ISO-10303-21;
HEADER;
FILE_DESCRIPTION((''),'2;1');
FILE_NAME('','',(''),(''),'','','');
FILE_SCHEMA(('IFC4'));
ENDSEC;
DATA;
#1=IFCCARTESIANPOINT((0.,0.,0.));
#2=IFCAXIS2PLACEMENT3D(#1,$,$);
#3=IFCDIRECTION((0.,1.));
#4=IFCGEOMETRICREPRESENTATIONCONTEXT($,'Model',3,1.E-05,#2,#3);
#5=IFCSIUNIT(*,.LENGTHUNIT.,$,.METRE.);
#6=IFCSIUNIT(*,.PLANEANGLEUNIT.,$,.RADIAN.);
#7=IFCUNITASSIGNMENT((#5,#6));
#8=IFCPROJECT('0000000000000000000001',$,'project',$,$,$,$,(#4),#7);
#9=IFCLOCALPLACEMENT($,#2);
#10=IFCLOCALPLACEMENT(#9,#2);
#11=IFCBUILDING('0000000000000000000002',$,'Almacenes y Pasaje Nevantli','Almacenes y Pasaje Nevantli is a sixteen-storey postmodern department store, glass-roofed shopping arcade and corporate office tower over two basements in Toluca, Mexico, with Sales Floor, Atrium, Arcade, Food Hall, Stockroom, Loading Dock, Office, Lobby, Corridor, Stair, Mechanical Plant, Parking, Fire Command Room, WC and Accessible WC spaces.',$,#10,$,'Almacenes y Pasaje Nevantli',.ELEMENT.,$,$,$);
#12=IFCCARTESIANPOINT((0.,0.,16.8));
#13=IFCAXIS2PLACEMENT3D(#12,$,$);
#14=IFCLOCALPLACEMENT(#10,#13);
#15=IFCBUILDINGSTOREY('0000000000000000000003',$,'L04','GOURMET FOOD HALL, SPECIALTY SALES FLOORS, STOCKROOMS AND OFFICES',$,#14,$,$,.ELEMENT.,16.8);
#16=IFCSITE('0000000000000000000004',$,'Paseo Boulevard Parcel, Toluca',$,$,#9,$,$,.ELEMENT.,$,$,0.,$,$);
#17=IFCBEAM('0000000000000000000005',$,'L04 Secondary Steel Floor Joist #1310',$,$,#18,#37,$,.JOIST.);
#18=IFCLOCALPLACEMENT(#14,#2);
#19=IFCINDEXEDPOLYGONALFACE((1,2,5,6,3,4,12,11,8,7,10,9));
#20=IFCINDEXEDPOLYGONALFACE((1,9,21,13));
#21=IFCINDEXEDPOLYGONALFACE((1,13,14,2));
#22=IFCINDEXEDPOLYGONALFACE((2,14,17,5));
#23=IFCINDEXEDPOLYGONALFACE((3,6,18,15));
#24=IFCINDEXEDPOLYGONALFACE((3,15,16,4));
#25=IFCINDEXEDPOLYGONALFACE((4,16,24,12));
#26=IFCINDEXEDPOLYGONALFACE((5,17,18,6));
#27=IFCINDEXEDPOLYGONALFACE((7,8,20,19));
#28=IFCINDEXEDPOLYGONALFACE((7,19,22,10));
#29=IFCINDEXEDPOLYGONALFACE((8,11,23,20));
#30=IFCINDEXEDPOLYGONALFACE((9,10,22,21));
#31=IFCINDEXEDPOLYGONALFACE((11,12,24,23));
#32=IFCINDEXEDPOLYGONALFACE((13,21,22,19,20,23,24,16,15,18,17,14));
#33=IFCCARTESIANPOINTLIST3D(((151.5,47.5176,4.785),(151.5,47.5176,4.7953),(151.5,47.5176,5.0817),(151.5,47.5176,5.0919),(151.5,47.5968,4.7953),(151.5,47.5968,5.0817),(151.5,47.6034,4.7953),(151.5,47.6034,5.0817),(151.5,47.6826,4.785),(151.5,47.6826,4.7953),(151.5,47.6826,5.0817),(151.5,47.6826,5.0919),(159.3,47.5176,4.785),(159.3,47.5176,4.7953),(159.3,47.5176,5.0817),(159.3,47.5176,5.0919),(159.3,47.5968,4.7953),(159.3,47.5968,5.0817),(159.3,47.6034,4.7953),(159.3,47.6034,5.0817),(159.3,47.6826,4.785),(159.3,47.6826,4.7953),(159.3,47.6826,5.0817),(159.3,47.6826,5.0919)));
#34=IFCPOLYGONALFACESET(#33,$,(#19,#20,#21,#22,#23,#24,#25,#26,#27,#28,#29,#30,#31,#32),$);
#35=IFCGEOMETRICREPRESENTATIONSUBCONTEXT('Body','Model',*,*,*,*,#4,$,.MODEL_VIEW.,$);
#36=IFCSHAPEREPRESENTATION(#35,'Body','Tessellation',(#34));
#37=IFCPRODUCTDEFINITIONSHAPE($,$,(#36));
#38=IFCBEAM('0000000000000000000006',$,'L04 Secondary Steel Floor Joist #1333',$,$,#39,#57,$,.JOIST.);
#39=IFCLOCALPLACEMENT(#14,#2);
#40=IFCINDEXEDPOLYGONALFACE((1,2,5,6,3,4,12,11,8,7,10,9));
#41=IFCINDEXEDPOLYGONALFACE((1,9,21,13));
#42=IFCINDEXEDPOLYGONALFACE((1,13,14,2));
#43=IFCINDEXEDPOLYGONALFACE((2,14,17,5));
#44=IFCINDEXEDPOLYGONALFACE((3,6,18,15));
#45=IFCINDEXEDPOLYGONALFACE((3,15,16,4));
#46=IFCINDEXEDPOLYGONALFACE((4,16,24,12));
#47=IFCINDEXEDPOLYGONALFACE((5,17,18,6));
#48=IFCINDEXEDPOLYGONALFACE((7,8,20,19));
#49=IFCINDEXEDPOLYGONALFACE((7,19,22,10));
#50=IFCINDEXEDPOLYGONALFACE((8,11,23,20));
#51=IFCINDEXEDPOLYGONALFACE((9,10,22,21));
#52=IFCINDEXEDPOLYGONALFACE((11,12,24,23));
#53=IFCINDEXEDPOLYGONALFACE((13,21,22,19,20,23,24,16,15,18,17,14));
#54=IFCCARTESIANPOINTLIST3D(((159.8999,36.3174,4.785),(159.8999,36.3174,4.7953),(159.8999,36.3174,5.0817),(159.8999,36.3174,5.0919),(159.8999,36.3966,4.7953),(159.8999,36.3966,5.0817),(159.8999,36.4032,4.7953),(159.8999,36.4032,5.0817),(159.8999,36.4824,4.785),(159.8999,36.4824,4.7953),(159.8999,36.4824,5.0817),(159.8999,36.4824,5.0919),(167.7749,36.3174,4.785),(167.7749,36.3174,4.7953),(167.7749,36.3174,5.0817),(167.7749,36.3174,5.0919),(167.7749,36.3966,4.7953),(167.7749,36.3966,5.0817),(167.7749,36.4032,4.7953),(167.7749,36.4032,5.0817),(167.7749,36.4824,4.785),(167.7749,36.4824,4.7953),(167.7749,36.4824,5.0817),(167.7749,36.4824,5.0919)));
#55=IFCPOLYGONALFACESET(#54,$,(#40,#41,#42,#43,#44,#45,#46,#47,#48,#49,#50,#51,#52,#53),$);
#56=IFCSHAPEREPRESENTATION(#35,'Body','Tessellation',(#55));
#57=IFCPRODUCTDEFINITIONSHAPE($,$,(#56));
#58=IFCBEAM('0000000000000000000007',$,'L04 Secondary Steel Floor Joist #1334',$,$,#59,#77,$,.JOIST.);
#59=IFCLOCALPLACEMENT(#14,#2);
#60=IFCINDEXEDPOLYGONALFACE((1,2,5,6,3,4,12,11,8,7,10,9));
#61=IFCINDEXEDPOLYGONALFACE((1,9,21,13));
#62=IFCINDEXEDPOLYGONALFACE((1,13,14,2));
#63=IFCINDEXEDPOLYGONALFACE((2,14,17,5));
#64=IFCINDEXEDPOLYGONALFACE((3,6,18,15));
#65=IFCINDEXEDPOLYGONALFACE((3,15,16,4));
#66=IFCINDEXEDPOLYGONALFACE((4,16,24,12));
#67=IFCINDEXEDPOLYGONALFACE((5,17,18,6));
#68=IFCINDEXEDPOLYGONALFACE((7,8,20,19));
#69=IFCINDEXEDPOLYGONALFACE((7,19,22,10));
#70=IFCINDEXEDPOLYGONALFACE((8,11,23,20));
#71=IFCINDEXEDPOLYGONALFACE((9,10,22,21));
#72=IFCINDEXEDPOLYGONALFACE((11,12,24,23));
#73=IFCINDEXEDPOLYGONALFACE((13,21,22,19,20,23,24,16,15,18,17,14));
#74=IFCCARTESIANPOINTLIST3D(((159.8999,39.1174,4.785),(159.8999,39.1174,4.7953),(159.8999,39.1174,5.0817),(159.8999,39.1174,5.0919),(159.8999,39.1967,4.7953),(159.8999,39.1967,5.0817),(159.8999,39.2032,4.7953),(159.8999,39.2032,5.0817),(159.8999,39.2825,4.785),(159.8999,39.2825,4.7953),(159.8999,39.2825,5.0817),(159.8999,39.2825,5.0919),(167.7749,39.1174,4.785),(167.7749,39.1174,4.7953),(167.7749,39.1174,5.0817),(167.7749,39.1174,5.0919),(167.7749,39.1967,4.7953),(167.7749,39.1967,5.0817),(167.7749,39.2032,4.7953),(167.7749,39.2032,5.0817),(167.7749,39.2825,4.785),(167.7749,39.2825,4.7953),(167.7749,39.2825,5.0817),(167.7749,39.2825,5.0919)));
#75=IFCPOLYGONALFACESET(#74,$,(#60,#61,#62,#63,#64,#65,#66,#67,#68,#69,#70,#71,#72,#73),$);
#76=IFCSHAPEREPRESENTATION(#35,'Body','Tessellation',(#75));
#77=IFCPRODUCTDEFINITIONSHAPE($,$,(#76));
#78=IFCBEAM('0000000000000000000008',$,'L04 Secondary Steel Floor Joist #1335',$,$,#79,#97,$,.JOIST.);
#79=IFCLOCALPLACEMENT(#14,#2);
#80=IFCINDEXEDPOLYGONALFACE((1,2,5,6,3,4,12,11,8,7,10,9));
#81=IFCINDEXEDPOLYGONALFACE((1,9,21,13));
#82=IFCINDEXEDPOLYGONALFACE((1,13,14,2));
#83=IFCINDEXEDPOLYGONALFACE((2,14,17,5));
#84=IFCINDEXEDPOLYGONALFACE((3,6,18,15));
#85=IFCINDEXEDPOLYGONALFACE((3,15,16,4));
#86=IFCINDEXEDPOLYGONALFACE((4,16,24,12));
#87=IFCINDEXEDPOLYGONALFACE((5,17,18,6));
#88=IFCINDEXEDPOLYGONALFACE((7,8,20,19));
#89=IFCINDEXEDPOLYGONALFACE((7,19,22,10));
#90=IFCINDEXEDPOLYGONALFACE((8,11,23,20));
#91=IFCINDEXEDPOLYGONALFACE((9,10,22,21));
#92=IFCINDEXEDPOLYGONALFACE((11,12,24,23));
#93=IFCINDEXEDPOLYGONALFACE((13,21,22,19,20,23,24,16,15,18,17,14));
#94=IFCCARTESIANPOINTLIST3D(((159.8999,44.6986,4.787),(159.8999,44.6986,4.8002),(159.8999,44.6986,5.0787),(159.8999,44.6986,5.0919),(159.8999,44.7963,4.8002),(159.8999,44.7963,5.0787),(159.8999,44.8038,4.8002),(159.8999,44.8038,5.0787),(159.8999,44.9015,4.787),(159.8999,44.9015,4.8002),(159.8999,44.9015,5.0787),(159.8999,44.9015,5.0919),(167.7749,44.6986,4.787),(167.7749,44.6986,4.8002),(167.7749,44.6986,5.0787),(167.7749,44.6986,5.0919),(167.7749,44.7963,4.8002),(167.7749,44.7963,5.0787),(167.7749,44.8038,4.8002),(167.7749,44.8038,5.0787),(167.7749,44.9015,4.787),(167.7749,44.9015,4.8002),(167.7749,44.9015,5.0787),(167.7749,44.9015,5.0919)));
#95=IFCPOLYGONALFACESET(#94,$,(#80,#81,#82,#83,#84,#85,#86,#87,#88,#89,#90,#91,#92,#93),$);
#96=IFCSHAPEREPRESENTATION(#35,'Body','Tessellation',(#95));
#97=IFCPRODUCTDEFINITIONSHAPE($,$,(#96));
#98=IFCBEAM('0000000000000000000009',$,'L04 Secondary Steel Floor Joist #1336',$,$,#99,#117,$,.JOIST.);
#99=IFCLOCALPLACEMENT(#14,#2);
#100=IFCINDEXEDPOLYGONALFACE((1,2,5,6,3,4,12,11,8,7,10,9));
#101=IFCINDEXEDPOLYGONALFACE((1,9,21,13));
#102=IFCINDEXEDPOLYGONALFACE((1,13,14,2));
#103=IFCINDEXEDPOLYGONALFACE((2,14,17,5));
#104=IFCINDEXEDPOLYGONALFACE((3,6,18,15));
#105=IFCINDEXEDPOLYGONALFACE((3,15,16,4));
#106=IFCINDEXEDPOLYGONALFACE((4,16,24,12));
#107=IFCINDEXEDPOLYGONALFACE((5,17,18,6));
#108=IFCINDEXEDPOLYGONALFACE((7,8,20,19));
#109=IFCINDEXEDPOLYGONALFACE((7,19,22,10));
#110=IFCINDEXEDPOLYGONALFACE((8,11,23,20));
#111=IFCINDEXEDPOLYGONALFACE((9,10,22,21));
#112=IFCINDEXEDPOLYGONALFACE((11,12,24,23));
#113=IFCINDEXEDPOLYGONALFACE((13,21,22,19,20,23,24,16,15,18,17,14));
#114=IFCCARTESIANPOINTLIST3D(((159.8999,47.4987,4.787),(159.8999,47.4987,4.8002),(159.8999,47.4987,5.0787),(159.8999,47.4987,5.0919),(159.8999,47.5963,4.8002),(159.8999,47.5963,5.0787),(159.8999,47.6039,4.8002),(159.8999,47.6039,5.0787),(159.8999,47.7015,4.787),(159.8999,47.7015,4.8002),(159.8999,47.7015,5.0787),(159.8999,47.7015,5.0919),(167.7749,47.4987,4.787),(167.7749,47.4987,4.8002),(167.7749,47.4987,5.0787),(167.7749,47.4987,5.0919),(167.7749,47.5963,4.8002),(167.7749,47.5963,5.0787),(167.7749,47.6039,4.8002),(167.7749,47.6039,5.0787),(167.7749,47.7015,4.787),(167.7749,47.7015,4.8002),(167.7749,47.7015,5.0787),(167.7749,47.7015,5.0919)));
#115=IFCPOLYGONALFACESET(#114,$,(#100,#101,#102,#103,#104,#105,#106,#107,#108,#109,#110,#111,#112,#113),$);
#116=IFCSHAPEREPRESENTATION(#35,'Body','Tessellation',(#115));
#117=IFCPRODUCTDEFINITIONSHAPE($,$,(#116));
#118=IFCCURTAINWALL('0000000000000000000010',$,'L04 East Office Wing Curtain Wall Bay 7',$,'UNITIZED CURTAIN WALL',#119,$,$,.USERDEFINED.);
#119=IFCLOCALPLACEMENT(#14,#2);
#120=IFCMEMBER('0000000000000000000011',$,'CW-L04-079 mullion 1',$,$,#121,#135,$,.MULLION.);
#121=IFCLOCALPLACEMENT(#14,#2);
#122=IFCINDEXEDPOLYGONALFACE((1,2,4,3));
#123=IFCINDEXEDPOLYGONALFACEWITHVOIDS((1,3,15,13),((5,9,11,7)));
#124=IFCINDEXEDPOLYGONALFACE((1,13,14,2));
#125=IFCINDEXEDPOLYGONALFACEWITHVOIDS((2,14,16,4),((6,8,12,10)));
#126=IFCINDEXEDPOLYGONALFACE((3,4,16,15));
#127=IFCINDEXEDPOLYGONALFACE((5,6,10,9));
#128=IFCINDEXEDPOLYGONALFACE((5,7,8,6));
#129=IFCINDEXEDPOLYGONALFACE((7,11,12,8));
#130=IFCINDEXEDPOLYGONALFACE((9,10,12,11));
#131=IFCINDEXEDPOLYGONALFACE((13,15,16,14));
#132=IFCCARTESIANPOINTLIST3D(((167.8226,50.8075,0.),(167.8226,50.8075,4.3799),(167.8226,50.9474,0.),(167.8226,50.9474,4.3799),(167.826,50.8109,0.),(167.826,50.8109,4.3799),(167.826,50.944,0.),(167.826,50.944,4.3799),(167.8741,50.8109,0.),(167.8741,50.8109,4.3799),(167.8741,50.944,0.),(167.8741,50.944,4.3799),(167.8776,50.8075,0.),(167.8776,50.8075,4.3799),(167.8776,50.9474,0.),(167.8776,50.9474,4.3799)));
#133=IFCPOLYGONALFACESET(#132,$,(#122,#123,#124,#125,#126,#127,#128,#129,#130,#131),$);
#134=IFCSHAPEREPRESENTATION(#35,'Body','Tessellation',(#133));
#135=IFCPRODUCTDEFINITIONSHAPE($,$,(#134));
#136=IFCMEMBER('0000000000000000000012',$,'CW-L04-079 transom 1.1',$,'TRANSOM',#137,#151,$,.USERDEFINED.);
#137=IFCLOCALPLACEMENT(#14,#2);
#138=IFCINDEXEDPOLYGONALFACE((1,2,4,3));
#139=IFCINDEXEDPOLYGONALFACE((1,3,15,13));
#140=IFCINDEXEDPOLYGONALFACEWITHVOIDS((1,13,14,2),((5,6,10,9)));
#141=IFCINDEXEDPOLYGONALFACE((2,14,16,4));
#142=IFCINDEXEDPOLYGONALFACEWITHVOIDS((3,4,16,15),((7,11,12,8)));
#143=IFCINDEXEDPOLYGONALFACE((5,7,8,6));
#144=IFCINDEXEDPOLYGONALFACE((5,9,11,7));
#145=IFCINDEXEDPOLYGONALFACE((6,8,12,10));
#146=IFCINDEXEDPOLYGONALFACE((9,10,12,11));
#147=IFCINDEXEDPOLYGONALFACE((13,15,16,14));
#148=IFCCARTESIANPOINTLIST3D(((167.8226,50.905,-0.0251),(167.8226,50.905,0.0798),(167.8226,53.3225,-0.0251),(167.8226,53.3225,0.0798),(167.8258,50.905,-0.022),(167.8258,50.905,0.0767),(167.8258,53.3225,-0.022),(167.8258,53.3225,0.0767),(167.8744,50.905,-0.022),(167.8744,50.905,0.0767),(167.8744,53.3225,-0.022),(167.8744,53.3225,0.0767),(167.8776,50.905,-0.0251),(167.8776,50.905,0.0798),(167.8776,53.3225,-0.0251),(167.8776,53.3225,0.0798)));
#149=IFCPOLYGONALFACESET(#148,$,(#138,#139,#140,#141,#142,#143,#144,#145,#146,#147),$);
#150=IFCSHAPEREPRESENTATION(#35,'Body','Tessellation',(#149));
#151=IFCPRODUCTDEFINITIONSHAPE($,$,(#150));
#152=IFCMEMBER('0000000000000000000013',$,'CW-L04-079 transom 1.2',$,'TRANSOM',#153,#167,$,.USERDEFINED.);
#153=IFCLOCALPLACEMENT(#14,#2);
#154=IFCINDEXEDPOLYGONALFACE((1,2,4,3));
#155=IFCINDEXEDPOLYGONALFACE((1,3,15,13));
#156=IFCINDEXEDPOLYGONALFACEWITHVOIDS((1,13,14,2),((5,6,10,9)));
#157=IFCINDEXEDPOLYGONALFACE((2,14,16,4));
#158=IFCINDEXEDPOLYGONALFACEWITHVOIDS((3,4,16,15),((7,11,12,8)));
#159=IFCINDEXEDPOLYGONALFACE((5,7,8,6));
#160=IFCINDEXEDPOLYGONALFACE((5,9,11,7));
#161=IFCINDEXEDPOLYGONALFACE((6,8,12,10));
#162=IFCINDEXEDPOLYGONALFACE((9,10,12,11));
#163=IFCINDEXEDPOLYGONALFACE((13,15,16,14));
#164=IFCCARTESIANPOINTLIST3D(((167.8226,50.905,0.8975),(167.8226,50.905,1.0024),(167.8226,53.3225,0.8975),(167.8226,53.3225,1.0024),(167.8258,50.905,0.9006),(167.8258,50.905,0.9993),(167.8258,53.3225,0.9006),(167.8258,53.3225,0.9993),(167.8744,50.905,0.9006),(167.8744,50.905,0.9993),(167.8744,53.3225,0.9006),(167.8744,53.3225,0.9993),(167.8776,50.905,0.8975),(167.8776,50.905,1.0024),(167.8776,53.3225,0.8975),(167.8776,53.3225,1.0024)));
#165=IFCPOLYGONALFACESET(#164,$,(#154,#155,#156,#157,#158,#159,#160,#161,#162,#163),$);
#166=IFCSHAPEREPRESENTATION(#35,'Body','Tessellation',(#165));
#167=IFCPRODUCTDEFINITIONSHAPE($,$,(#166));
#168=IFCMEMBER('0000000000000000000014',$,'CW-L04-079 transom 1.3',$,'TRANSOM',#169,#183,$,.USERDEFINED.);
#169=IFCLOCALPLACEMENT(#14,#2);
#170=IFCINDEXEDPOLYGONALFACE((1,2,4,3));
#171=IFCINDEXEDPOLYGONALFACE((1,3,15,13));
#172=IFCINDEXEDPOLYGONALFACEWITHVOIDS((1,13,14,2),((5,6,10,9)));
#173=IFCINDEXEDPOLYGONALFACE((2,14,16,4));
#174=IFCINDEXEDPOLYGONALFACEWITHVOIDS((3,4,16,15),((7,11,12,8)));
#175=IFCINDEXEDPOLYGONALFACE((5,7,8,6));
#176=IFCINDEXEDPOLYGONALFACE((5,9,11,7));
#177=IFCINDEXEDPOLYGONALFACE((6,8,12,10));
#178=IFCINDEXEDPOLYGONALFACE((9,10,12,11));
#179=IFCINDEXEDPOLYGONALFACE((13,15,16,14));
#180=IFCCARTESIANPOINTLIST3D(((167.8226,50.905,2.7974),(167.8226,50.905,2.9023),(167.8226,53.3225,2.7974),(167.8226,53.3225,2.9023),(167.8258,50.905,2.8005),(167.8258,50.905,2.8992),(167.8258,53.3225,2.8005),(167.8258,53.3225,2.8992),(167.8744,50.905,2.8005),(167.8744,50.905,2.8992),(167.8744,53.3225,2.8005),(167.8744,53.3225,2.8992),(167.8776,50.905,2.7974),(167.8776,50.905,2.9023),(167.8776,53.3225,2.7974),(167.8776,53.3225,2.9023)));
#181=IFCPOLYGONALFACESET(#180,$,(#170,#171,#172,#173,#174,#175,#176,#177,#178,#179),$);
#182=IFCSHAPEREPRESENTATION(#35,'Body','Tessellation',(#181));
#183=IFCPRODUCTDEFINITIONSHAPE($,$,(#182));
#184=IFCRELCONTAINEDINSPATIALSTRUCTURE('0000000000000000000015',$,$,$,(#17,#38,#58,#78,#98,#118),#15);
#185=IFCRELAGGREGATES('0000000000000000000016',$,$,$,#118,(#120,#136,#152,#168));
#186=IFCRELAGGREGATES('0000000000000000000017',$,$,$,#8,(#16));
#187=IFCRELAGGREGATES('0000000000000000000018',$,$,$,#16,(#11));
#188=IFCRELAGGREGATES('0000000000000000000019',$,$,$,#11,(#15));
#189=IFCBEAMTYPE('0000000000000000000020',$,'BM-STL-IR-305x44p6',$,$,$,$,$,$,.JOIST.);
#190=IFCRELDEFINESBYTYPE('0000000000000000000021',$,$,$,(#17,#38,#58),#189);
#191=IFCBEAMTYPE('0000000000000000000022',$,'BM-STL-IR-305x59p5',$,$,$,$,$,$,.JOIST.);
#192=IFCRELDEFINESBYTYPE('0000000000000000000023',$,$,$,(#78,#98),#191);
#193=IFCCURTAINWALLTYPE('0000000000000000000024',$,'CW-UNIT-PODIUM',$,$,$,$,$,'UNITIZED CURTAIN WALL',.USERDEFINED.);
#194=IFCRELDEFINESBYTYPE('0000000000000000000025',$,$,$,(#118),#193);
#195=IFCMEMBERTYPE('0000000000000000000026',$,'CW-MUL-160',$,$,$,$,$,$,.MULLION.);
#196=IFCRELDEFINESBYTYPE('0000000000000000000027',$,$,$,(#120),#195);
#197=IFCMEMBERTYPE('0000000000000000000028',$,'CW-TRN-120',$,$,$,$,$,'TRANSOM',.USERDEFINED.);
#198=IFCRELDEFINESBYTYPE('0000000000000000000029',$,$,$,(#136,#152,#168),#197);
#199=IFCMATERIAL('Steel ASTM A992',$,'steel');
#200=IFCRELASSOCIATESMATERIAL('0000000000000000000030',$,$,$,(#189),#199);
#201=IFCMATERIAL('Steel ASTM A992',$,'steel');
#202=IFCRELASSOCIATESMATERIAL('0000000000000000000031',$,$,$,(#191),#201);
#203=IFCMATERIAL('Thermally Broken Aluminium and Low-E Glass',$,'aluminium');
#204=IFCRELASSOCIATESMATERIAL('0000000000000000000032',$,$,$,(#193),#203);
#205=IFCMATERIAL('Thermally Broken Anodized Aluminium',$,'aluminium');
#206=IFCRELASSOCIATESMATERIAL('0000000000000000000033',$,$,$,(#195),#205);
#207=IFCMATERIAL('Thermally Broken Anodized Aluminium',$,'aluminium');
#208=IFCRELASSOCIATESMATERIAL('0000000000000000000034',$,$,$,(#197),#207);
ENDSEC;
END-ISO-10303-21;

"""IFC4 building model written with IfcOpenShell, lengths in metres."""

from ifc_helpers import new_model, si_unit, direction, frame, origin, origin_2d, place, context, subcontext, project, spatial, hollow_rectangle, i_section, extrude, material, material_profile, profile_set, type_object, element, aggregate, save


model = new_model("IFC4")

# Units and contexts
model_context = context("Model", 3, precision=1e-05, world=origin(), true_north=direction((0.0, 1.0)))
body_context = subcontext(model_context, "Body", "Model", "MODEL_VIEW")
ifc_project = project(units=[si_unit("LENGTHUNIT", "METRE"), si_unit("PLANEANGLEUNIT", "RADIAN")], contexts=[model_context])

# Site, building, storey
site_placement = place(None, origin())
site = spatial("IfcSite", under=ifc_project, at=site_placement, Name="Paseo Boulevard Parcel, Toluca", CompositionType="ELEMENT", RefElevation=0.0)
building_placement = place(site_placement, origin())
building = spatial("IfcBuilding", under=site, at=building_placement, Name="Almacenes y Pasaje Nevantli", Description="Almacenes y Pasaje Nevantli is a sixteen-storey postmodern department store, glass-roofed shopping arcade and corporate office tower over two basements in Toluca, Mexico, with Sales Floor, Atrium, Arcade, Food Hall, Stockroom, Loading Dock, Office, Lobby, Corridor, Stair, Mechanical Plant, Parking, Fire Command Room, WC and Accessible WC spaces.", LongName="Almacenes y Pasaje Nevantli", CompositionType="ELEMENT")
storey_placement = place(building_placement, frame((0.0, 0.0, 16.8)))
storey = spatial("IfcBuildingStorey", under=building, at=storey_placement, Name="L04", Description="GOURMET FOOD HALL, SPECIALTY SALES FLOORS, STOCKROOMS AND OFFICES", CompositionType="ELEMENT", Elevation=16.8)

# Beams
ifc_material_1 = material(Name="Steel ASTM A992", Category="steel")
ifc_material_profile_1 = material_profile(ifc_material_1, i_section(OverallWidth=0.165, OverallDepth=0.3069, WebThickness=0.0066, FlangeThickness=0.0103, at=origin_2d()), Name="IR 305x44.6")
ifc_profile_set_1 = profile_set([ifc_material_profile_1], Name="Steel ASTM A992")
beam_type_1 = type_object("IfcBeamType", Name="BM-STL-IR-305x44p6", PredefinedType="JOIST", material=ifc_profile_set_1)
beam_1_placement = place(storey_placement, frame((151.5, 47.6001, 4.9385), z_axis=(1.0, 0.0, 0.0), x_axis=(0.0, 1.0, 0.0)))
element("IfcBeam", 1, at=beam_1_placement, inside=storey, type_object=beam_type_1, Name="L04 Secondary Steel Floor Joist #1310", PredefinedType="JOIST", context=body_context, shape_type="SweptSolid", body=[
    extrude(i_section(OverallWidth=0.165, OverallDepth=0.3069, WebThickness=0.0066, FlangeThickness=0.0103, at=origin_2d()), origin(), (0.0, 0.0, 1.0), 7.8),
])
for number, where, z_axis, x_axis, name in (
    (2, (159.8999, 36.3999, 4.9385), (1.0, 0.0, 0.0), (0.0, 1.0, 0.0), "L04 Secondary Steel Floor Joist #1333"),
    (3, (159.8999, 39.2, 4.9385), (1.0, 0.0, 0.0), (0.0, 1.0, 0.0), "L04 Secondary Steel Floor Joist #1334"),
):
    element("IfcBeam", number, at=place(storey_placement, frame(where, z_axis=z_axis, x_axis=x_axis)), inside=storey, type_object=beam_type_1, Name=name, PredefinedType="JOIST", context=body_context, shape_type="SweptSolid", body=[
        extrude(i_section(OverallWidth=0.165, OverallDepth=0.3069, WebThickness=0.0066, FlangeThickness=0.0103, at=origin_2d()), origin(), (0.0, 0.0, 1.0), 7.875),
    ])
ifc_material_2 = material(Name="Steel ASTM A992", Category="steel")
ifc_material_profile_2 = material_profile(ifc_material_2, i_section(OverallWidth=0.2029, OverallDepth=0.3049, WebThickness=0.0076, FlangeThickness=0.0132, at=origin_2d()), Name="IR 305x59.5")
ifc_profile_set_2 = profile_set([ifc_material_profile_2], Name="Steel ASTM A992")
beam_type_2 = type_object("IfcBeamType", Name="BM-STL-IR-305x59p5", PredefinedType="JOIST", material=ifc_profile_set_2)
for number, where, z_axis, x_axis, name in (
    (4, (159.8999, 44.8, 4.9395), (1.0, 0.0, 0.0), (0.0, 1.0, 0.0), "L04 Secondary Steel Floor Joist #1335"),
    (5, (159.8999, 47.6001, 4.9395), (1.0, 0.0, 0.0), (0.0, 1.0, 0.0), "L04 Secondary Steel Floor Joist #1336"),
):
    element("IfcBeam", number, at=place(storey_placement, frame(where, z_axis=z_axis, x_axis=x_axis)), inside=storey, type_object=beam_type_2, Name=name, PredefinedType="JOIST", context=body_context, shape_type="SweptSolid", body=[
        extrude(i_section(OverallWidth=0.2029, OverallDepth=0.3049, WebThickness=0.0076, FlangeThickness=0.0132, at=origin_2d()), origin(), (0.0, 0.0, 1.0), 7.875),
    ])

# Curtain wall, members
ifc_material_3 = material(Name="Thermally Broken Aluminium and Low-E Glass", Category="aluminium")
curtain_wall_type = type_object("IfcCurtainWallType", Name="CW-UNIT-PODIUM", ElementType="UNITIZED CURTAIN WALL", PredefinedType="USERDEFINED", material=ifc_material_3)
curtain_wall_placement = place(storey_placement, origin())
curtain_wall = element("IfcCurtainWall", 6, at=curtain_wall_placement, inside=storey, type_object=curtain_wall_type, Name="L04 East Office Wing Curtain Wall Bay 7", ObjectType="UNITIZED CURTAIN WALL", PredefinedType="USERDEFINED")
ifc_material_4 = material(Name="Thermally Broken Anodized Aluminium", Category="aluminium")
ifc_material_profile_3 = material_profile(ifc_material_4, hollow_rectangle(XDim=0.0549, YDim=0.1399, WallThickness=0.0034, at=origin_2d()), Name="ALU-MUL-55x140")
ifc_profile_set_3 = profile_set([ifc_material_profile_3], Name="Thermally Broken Anodized Aluminium")
member_type_1 = type_object("IfcMemberType", Name="CW-MUL-160", PredefinedType="MULLION", material=ifc_profile_set_3)
member_1_placement = place(storey_placement, frame((167.8501, 50.8774, 0.0), z_axis=(0.0, 0.0, 1.0), x_axis=(-1.0, 0.0, 0.0)))
member_1 = element("IfcMember", 7, at=member_1_placement, type_object=member_type_1, Name="CW-L04-079 mullion 1", PredefinedType="MULLION", context=body_context, shape_type="SweptSolid", body=[
    extrude(hollow_rectangle(XDim=0.0549, YDim=0.1399, WallThickness=0.0034, at=origin_2d()), origin(), (0.0, 0.0, 1.0), 4.3799),
])
ifc_material_5 = material(Name="Thermally Broken Anodized Aluminium", Category="aluminium")
ifc_material_profile_4 = material_profile(ifc_material_5, hollow_rectangle(XDim=0.0549, YDim=0.105, WallThickness=0.0032, at=origin_2d()), Name="ALU-TRN-55x105")
ifc_profile_set_4 = profile_set([ifc_material_profile_4], Name="Thermally Broken Anodized Aluminium")
member_type_2 = type_object("IfcMemberType", Name="CW-TRN-120", ElementType="TRANSOM", PredefinedType="USERDEFINED", material=ifc_profile_set_4)
member_2_placement = place(storey_placement, frame((167.8501, 50.905, 0.0273), z_axis=(0.0, 1.0, 0.0), x_axis=(-1.0, 0.0, 0.0)))
member_2 = element("IfcMember", 8, at=member_2_placement, type_object=member_type_2, Name="CW-L04-079 transom 1.1", ObjectType="TRANSOM", PredefinedType="USERDEFINED", context=body_context, shape_type="SweptSolid", body=[
    extrude(hollow_rectangle(XDim=0.0549, YDim=0.105, WallThickness=0.0032, at=origin_2d()), origin(), (0.0, 0.0, 1.0), 2.4175),
])
member_3_placement = place(storey_placement, frame((167.8501, 50.905, 0.95), z_axis=(0.0, 1.0, 0.0), x_axis=(-1.0, 0.0, 0.0)))
member_3 = element("IfcMember", 9, at=member_3_placement, type_object=member_type_2, Name="CW-L04-079 transom 1.2", ObjectType="TRANSOM", PredefinedType="USERDEFINED", context=body_context, shape_type="SweptSolid", body=[
    extrude(hollow_rectangle(XDim=0.0549, YDim=0.105, WallThickness=0.0032, at=origin_2d()), origin(), (0.0, 0.0, 1.0), 2.4175),
])
member_4_placement = place(storey_placement, frame((167.8501, 50.905, 2.8499), z_axis=(0.0, 1.0, 0.0), x_axis=(-1.0, 0.0, 0.0)))
member_4 = element("IfcMember", 10, at=member_4_placement, type_object=member_type_2, Name="CW-L04-079 transom 1.3", ObjectType="TRANSOM", PredefinedType="USERDEFINED", context=body_context, shape_type="SweptSolid", body=[
    extrude(hollow_rectangle(XDim=0.0549, YDim=0.105, WallThickness=0.0032, at=origin_2d()), origin(), (0.0, 0.0, 1.0), 2.4175),
])
aggregate(curtain_wall, [member_1, member_2, member_3, member_4])

save(model, "model.ifc")
